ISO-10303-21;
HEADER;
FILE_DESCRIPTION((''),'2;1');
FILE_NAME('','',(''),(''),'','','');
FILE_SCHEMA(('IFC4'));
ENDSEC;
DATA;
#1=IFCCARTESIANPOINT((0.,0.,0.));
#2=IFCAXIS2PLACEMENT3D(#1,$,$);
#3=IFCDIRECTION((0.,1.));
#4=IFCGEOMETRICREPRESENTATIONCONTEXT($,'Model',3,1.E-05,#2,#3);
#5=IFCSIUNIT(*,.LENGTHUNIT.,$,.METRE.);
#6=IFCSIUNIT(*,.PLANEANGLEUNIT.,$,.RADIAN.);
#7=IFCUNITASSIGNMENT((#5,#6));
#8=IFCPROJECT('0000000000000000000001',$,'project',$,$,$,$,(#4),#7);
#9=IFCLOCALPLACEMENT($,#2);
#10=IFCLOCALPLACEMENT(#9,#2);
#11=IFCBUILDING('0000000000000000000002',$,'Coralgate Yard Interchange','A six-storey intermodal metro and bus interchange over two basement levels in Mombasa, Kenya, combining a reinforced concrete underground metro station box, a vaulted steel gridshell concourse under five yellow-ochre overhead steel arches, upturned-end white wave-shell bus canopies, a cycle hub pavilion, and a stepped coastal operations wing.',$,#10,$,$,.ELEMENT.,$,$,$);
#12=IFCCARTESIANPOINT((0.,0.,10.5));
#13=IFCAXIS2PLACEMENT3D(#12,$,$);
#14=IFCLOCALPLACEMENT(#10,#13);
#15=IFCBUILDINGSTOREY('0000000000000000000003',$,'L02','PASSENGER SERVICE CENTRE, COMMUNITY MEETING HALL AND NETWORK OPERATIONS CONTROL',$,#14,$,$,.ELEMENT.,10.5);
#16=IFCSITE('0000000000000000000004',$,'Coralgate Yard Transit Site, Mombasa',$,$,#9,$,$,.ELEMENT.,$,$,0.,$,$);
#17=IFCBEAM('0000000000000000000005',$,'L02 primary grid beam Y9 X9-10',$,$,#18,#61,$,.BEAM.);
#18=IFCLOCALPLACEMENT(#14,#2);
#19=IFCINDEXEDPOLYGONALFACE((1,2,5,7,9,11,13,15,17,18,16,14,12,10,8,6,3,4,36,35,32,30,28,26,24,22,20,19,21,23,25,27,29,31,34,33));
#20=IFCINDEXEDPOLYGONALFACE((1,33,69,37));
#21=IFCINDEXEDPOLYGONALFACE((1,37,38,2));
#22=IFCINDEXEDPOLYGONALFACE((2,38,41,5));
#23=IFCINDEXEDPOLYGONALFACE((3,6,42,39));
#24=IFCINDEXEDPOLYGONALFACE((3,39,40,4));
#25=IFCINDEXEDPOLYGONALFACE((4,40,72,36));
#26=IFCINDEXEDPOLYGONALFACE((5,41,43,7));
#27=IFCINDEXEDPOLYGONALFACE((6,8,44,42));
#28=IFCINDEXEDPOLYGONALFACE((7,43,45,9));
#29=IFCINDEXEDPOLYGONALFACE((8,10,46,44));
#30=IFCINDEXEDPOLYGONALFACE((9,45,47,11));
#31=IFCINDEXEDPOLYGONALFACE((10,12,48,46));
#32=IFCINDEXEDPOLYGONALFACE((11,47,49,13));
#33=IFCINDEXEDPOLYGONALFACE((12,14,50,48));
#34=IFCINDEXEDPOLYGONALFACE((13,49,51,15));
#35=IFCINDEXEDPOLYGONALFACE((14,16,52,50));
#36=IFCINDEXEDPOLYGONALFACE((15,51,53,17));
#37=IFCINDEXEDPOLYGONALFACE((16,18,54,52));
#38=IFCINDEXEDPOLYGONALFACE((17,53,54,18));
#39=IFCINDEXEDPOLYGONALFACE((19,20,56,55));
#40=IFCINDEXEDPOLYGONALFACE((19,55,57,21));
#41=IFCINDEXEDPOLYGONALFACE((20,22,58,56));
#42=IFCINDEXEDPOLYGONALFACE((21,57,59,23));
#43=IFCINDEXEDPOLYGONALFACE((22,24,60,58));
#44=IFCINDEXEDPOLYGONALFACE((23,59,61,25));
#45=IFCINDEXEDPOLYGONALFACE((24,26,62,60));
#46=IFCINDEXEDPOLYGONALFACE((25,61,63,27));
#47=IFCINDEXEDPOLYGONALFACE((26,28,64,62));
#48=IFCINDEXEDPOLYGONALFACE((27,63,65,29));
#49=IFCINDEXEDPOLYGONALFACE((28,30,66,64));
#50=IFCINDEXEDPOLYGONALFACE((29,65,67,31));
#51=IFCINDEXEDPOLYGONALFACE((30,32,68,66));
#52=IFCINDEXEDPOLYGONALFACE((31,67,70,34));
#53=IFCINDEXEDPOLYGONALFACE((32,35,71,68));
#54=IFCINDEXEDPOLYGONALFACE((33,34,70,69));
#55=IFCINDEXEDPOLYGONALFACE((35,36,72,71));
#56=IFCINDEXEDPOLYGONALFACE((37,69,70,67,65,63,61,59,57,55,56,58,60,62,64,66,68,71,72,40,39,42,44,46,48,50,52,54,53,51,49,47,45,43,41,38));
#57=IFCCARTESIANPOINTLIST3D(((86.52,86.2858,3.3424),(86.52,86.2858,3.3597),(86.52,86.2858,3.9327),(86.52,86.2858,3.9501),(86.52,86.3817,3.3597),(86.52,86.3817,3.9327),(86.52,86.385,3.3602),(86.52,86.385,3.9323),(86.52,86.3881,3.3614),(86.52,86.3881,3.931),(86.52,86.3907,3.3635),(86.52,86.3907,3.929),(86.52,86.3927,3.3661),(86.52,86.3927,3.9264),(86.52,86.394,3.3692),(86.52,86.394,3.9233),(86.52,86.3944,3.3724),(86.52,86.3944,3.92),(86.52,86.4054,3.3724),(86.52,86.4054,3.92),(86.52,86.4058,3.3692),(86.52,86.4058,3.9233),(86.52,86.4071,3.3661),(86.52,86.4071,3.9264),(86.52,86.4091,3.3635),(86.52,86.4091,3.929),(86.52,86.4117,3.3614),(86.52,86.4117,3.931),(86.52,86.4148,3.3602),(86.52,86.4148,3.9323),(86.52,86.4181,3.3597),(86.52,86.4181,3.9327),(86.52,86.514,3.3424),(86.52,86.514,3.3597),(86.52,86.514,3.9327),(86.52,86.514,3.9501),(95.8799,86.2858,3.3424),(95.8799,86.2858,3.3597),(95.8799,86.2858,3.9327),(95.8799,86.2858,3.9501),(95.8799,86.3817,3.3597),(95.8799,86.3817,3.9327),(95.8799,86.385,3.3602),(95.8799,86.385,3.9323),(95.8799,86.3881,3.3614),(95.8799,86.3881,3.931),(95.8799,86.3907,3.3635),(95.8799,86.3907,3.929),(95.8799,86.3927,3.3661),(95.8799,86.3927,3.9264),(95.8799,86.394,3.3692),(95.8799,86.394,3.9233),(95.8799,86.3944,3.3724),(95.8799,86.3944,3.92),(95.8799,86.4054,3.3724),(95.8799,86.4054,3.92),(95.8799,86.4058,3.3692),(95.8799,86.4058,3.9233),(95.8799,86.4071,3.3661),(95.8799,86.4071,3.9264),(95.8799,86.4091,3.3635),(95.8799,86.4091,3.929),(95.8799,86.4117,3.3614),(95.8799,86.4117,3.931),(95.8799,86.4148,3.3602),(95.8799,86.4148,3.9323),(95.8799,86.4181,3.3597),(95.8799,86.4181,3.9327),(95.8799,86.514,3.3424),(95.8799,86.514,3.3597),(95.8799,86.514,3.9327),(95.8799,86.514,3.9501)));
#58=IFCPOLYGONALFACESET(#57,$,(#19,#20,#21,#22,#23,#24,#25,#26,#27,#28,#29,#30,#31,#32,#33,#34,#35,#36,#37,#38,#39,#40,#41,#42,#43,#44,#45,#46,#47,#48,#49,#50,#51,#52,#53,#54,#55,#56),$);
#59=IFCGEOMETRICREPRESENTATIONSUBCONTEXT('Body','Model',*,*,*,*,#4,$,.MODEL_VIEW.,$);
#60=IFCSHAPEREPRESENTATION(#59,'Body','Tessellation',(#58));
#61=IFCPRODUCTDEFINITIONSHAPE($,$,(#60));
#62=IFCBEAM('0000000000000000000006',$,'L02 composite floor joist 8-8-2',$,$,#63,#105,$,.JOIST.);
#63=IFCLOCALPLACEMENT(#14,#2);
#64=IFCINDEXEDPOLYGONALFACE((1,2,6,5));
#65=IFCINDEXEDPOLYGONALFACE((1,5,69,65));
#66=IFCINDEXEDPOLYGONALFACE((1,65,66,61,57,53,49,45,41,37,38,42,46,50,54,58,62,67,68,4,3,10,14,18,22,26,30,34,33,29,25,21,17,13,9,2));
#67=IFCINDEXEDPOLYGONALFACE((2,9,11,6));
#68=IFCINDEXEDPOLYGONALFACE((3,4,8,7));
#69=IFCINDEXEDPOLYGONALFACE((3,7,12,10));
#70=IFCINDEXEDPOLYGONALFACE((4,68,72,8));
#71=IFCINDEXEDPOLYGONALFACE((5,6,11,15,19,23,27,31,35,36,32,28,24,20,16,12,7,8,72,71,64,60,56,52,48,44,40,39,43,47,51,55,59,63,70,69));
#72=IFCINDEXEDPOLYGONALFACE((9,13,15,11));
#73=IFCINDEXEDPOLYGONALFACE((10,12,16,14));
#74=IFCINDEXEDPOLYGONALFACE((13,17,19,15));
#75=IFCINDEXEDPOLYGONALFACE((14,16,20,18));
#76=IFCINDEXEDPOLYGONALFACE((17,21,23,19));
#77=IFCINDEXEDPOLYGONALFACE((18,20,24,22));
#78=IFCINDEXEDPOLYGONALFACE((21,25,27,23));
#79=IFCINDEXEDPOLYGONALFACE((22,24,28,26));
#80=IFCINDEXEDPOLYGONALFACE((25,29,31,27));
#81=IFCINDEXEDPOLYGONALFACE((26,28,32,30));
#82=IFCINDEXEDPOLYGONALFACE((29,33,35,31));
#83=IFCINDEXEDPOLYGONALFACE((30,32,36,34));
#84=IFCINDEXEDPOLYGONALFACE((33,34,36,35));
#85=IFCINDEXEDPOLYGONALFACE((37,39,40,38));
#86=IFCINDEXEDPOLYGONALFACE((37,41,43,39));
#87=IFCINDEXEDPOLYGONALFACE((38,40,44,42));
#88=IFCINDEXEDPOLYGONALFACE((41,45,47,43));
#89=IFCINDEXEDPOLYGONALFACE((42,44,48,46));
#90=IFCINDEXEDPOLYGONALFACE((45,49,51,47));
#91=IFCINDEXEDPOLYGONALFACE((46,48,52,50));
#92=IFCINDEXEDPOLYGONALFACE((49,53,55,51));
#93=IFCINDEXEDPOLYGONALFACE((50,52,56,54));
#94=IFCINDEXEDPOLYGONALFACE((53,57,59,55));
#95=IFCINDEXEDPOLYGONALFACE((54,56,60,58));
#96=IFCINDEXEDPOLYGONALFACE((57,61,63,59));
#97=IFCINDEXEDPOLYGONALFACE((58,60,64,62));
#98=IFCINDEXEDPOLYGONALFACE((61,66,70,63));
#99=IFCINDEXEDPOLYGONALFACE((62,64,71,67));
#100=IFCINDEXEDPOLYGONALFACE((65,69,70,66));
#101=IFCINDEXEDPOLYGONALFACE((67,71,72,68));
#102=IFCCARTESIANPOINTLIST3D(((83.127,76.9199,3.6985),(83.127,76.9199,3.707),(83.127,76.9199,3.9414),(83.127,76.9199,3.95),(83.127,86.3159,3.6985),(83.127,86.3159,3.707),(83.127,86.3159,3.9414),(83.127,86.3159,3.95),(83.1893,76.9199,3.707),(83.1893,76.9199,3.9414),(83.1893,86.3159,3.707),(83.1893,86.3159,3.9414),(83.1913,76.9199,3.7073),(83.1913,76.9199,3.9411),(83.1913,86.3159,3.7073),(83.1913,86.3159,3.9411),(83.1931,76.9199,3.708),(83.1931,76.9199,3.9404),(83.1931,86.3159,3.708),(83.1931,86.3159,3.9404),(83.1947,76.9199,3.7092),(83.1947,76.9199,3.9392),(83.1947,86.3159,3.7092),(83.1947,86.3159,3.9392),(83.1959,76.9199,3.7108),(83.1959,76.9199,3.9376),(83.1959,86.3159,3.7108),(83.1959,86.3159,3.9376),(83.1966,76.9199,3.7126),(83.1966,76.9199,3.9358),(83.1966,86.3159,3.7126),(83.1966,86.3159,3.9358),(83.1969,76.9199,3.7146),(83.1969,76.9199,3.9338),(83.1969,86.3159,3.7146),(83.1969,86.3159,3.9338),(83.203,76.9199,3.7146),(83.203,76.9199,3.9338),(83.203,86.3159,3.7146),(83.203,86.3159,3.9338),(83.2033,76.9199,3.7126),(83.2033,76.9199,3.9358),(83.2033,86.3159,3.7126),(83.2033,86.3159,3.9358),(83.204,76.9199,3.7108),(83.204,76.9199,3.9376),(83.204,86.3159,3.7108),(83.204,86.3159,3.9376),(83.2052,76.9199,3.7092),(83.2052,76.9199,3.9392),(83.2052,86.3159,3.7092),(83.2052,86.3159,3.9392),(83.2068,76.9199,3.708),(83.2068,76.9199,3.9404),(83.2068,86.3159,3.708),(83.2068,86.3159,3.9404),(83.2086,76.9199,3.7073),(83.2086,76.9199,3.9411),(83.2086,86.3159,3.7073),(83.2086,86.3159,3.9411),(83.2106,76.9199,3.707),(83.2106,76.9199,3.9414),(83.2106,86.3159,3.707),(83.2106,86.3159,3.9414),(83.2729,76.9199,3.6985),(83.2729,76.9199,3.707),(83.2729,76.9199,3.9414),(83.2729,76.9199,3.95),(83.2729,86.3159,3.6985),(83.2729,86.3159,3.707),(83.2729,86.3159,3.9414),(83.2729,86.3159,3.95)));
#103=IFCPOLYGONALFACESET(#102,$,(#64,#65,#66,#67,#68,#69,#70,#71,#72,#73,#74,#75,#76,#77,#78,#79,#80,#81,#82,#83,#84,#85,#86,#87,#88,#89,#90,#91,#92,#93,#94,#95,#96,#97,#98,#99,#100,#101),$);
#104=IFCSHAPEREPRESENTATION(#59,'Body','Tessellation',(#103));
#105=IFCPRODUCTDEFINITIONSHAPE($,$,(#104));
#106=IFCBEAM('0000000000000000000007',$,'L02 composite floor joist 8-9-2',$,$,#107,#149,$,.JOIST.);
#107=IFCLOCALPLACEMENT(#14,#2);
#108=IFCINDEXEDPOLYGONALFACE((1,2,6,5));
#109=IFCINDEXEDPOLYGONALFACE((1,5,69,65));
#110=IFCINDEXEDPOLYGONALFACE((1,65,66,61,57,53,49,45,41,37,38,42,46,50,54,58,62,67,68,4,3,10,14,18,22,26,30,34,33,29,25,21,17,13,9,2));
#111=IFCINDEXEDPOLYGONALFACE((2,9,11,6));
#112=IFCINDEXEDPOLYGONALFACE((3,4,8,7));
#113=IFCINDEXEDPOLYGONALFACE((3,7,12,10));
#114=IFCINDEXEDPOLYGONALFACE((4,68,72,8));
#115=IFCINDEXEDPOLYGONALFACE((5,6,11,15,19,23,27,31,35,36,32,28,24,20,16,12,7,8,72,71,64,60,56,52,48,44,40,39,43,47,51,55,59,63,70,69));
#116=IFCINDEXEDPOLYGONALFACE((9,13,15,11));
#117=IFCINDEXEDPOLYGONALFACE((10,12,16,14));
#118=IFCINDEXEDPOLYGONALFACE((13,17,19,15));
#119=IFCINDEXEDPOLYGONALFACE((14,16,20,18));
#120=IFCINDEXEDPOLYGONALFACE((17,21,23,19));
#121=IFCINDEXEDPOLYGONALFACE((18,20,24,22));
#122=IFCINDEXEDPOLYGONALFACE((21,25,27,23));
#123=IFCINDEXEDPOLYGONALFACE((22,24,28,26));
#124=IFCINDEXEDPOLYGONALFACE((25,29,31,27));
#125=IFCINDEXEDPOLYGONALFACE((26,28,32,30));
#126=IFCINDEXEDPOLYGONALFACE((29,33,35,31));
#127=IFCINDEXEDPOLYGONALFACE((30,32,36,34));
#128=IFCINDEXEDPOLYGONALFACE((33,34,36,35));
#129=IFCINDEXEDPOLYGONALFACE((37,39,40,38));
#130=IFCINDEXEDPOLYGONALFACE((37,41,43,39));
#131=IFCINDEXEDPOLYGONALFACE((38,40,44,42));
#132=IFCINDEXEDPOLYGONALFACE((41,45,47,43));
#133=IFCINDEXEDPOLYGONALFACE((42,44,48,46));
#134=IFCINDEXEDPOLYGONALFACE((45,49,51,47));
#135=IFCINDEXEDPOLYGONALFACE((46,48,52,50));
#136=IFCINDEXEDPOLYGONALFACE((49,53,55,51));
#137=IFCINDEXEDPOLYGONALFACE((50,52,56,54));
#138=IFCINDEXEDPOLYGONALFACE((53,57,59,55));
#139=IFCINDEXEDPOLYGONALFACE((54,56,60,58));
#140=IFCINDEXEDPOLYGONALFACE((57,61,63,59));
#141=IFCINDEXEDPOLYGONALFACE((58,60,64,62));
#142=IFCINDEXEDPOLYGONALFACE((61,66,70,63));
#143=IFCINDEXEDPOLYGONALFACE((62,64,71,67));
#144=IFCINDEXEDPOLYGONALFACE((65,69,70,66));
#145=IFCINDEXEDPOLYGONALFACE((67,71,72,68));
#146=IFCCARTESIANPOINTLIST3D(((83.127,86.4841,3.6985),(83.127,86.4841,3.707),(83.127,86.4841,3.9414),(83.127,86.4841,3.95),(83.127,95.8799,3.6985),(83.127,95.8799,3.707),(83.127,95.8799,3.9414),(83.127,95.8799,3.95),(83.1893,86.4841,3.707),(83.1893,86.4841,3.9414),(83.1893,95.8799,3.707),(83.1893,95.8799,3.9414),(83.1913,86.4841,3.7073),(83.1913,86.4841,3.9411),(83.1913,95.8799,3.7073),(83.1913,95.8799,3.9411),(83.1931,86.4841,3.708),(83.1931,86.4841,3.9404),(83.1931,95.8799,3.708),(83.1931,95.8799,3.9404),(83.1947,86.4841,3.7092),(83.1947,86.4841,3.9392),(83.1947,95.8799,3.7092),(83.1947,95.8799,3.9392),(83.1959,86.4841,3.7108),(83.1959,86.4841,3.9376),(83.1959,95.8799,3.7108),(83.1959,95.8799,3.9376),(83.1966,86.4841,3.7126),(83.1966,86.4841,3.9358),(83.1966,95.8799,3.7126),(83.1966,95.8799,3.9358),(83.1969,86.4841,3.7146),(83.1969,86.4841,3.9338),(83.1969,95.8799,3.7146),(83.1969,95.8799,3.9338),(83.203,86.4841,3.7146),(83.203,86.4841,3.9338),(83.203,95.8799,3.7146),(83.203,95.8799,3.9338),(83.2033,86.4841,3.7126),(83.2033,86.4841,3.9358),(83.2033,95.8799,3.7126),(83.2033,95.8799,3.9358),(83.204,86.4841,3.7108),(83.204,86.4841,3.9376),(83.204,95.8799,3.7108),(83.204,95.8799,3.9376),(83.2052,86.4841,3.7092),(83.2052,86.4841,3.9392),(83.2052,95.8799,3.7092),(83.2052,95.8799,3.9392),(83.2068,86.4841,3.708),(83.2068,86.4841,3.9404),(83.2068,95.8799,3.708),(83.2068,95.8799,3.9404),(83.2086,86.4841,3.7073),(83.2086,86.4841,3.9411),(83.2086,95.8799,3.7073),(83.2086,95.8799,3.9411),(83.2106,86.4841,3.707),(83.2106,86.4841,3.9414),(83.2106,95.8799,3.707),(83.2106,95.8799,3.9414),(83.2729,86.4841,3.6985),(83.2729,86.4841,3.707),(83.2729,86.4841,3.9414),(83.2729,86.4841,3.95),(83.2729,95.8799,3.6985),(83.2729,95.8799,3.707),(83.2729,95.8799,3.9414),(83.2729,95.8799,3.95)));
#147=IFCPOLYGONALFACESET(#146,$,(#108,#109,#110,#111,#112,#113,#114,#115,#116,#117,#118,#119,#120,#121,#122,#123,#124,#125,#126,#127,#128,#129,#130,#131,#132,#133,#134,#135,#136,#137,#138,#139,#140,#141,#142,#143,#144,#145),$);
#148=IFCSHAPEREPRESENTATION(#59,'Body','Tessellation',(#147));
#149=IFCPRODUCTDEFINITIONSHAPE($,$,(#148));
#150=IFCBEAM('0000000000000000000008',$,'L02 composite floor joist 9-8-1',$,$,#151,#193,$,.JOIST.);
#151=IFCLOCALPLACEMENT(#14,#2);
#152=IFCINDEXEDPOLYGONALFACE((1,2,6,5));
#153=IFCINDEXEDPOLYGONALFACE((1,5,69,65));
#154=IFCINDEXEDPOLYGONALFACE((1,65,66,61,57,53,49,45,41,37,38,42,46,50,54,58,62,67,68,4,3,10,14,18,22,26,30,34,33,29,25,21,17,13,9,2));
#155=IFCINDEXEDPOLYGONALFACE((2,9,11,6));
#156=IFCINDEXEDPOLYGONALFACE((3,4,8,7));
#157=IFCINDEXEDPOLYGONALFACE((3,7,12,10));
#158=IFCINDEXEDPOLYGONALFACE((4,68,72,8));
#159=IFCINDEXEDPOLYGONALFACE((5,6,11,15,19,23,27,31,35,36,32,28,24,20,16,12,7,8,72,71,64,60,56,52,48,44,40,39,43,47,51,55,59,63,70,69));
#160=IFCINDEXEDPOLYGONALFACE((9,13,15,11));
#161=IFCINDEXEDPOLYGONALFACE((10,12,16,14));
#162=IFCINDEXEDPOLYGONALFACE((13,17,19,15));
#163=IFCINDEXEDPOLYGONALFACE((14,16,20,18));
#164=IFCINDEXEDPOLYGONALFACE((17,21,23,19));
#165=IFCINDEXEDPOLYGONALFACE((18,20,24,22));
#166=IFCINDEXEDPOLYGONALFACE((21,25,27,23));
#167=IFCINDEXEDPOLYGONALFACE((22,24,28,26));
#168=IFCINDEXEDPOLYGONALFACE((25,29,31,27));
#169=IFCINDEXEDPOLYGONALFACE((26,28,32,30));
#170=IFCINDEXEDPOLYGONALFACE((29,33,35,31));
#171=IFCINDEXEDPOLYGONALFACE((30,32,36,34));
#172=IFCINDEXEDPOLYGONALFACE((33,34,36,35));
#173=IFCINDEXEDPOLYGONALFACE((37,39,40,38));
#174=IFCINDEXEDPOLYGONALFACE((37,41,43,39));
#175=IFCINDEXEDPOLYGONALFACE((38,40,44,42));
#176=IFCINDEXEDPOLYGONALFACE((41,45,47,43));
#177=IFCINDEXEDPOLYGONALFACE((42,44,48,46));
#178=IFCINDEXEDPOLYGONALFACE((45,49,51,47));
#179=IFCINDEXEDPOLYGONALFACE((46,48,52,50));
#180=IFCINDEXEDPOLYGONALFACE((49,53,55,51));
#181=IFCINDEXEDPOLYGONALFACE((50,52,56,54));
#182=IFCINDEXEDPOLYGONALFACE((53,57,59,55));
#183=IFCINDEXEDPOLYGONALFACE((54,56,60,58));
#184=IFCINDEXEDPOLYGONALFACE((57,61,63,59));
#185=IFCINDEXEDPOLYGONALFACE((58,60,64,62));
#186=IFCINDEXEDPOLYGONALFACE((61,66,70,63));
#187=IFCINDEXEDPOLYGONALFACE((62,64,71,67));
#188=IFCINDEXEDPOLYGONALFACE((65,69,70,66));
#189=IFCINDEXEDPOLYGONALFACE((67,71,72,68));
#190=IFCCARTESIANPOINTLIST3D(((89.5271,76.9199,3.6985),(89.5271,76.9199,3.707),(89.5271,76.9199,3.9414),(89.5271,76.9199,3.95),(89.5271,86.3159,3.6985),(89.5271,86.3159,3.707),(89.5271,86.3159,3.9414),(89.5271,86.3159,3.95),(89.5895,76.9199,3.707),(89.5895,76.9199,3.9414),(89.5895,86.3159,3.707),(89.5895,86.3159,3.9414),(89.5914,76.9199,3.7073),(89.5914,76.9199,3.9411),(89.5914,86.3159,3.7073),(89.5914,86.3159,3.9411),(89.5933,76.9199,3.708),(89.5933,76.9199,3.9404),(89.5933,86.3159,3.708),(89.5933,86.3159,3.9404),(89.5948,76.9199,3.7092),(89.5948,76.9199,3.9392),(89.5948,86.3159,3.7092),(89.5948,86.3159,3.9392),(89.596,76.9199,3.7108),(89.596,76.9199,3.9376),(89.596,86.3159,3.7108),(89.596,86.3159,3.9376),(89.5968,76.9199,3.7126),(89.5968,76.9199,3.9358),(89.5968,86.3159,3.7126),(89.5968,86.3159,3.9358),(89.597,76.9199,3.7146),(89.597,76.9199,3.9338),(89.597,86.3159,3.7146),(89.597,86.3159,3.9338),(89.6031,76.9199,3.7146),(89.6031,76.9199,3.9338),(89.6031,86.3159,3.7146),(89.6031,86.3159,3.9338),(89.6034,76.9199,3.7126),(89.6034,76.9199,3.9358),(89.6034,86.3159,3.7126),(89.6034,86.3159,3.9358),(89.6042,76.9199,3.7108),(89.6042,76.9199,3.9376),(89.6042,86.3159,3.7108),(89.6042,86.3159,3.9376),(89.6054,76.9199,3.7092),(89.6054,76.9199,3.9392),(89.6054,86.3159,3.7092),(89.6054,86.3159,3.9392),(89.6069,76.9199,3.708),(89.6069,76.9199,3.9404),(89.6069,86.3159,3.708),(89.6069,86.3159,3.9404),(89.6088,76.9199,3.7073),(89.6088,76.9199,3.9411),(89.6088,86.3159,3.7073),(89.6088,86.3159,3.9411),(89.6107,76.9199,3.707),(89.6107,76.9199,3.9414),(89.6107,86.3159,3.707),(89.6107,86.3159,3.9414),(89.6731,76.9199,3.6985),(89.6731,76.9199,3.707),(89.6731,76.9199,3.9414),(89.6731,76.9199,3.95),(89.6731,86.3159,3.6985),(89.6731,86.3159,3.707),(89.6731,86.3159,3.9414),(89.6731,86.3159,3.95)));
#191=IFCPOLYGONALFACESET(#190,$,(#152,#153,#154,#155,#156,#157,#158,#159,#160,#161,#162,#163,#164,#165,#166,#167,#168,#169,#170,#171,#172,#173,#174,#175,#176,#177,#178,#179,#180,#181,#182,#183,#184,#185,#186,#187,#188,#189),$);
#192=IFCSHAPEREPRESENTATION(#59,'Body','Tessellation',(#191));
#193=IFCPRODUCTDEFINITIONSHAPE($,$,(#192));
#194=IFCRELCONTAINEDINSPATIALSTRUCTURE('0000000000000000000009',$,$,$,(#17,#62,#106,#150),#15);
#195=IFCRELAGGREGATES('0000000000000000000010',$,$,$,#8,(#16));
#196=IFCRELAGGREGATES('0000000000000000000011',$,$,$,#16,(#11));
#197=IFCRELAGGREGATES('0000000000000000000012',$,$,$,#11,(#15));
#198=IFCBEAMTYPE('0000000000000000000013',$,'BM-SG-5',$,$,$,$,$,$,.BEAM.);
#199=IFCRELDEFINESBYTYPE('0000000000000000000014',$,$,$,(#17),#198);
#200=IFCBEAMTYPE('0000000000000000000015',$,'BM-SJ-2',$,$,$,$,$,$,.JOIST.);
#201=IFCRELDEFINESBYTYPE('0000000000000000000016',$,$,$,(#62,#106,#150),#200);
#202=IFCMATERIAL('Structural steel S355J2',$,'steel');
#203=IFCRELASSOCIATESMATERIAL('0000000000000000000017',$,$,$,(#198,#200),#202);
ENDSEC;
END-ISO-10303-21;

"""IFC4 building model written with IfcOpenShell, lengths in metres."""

from ifc_helpers import new_model, si_unit, direction, frame, origin, origin_2d, place, context, subcontext, project, spatial, i_section, extrude, material, material_profile, profile_set, type_object, element, save


model = new_model("IFC4")

# Units and contexts
model_context = context("Model", 3, precision=1e-05, world=origin(), true_north=direction((0.0, 1.0)))
body_context = subcontext(model_context, "Body", "Model", "MODEL_VIEW")
ifc_project = project(units=[si_unit("LENGTHUNIT", "METRE"), si_unit("PLANEANGLEUNIT", "RADIAN")], contexts=[model_context])

# Site, building, storey
site_placement = place(None, origin())
site = spatial("IfcSite", under=ifc_project, at=site_placement, Name="Coralgate Yard Transit Site, Mombasa", CompositionType="ELEMENT", RefElevation=0.0)
building_placement = place(site_placement, origin())
building = spatial("IfcBuilding", under=site, at=building_placement, Name="Coralgate Yard Interchange", Description="A six-storey intermodal metro and bus interchange over two basement levels in Mombasa, Kenya, combining a reinforced concrete underground metro station box, a vaulted steel gridshell concourse under five yellow-ochre overhead steel arches, upturned-end white wave-shell bus canopies, a cycle hub pavilion, and a stepped coastal operations wing.", CompositionType="ELEMENT")
storey_placement = place(building_placement, frame((0.0, 0.0, 10.5)))
storey = spatial("IfcBuildingStorey", under=building, at=storey_placement, Name="L02", Description="PASSENGER SERVICE CENTRE, COMMUNITY MEETING HALL AND NETWORK OPERATIONS CONTROL", CompositionType="ELEMENT", Elevation=10.5)

# Shared definitions
ifc_material_1 = material(Name="Structural steel S355J2", Category="steel")

# Beams
ifc_material_profile_1 = material_profile(ifc_material_1, i_section(OverallWidth=0.2283, OverallDepth=0.6077, WebThickness=0.011, FlangeThickness=0.0173, FilletRadius=0.0127, at=origin_2d()), Name="UB 610x229x113")
ifc_profile_set_1 = profile_set([ifc_material_profile_1], Name="Structural steel S355J2")
beam_type_1 = type_object("IfcBeamType", Name="BM-SG-5", PredefinedType="BEAM", material=ifc_profile_set_1)
beam_1_placement = place(storey_placement, frame((86.52, 86.3999, 3.6462), z_axis=(1.0, 0.0, 0.0), x_axis=(0.0, 1.0, 0.0)))
element("IfcBeam", 1, at=beam_1_placement, inside=storey, type_object=beam_type_1, Name="L02 primary grid beam Y9 X9-10", PredefinedType="BEAM", context=body_context, shape_type="SweptSolid", body=[
    extrude(i_section(OverallWidth=0.2283, OverallDepth=0.6077, WebThickness=0.011, FlangeThickness=0.0173, FilletRadius=0.0127, at=origin_2d()), origin(), (0.0, 0.0, 1.0), 9.3599),
])
ifc_material_profile_2 = material_profile(ifc_material_1, i_section(OverallWidth=0.146, OverallDepth=0.2515, WebThickness=0.0061, FlangeThickness=0.0085, FilletRadius=0.0076, at=origin_2d()), Name="UB 254x146x31")
ifc_profile_set_2 = profile_set([ifc_material_profile_2], Name="Structural steel S355J2")
beam_type_2 = type_object("IfcBeamType", Name="BM-SJ-2", PredefinedType="JOIST", material=ifc_profile_set_2)
beam_2_placement = place(storey_placement, frame((83.2, 76.9199, 3.8242), z_axis=(0.0, 1.0, 0.0), x_axis=(-1.0, 0.0, 0.0)))
element("IfcBeam", 2, at=beam_2_placement, inside=storey, type_object=beam_type_2, Name="L02 composite floor joist 8-8-2", PredefinedType="JOIST", context=body_context, shape_type="SweptSolid", body=[
    extrude(i_section(OverallWidth=0.146, OverallDepth=0.2515, WebThickness=0.0061, FlangeThickness=0.0085, FilletRadius=0.0076, at=origin_2d()), origin(), (0.0, 0.0, 1.0), 9.396),
])
beam_3_placement = place(storey_placement, frame((83.2, 86.4841, 3.8242), z_axis=(0.0, 1.0, 0.0), x_axis=(-1.0, 0.0, 0.0)))
element("IfcBeam", 3, at=beam_3_placement, inside=storey, type_object=beam_type_2, Name="L02 composite floor joist 8-9-2", PredefinedType="JOIST", context=body_context, shape_type="SweptSolid", body=[
    extrude(i_section(OverallWidth=0.146, OverallDepth=0.2515, WebThickness=0.0061, FlangeThickness=0.0085, FilletRadius=0.0076, at=origin_2d()), origin(), (0.0, 0.0, 1.0), 9.3958),
])
for number, where, z_axis, x_axis, name in (
    (4, (89.6001, 76.9199, 3.8242), (0.0, 1.0, 0.0), (-1.0, 0.0, 0.0), "L02 composite floor joist 9-8-1"),
):
    element("IfcBeam", number, at=place(storey_placement, frame(where, z_axis=z_axis, x_axis=x_axis)), inside=storey, type_object=beam_type_2, Name=name, PredefinedType="JOIST", context=body_context, shape_type="SweptSolid", body=[
        extrude(i_section(OverallWidth=0.146, OverallDepth=0.2515, WebThickness=0.0061, FlangeThickness=0.0085, FilletRadius=0.0076, at=origin_2d()), origin(), (0.0, 0.0, 1.0), 9.396),
    ])

save(model, "model.ifc")
